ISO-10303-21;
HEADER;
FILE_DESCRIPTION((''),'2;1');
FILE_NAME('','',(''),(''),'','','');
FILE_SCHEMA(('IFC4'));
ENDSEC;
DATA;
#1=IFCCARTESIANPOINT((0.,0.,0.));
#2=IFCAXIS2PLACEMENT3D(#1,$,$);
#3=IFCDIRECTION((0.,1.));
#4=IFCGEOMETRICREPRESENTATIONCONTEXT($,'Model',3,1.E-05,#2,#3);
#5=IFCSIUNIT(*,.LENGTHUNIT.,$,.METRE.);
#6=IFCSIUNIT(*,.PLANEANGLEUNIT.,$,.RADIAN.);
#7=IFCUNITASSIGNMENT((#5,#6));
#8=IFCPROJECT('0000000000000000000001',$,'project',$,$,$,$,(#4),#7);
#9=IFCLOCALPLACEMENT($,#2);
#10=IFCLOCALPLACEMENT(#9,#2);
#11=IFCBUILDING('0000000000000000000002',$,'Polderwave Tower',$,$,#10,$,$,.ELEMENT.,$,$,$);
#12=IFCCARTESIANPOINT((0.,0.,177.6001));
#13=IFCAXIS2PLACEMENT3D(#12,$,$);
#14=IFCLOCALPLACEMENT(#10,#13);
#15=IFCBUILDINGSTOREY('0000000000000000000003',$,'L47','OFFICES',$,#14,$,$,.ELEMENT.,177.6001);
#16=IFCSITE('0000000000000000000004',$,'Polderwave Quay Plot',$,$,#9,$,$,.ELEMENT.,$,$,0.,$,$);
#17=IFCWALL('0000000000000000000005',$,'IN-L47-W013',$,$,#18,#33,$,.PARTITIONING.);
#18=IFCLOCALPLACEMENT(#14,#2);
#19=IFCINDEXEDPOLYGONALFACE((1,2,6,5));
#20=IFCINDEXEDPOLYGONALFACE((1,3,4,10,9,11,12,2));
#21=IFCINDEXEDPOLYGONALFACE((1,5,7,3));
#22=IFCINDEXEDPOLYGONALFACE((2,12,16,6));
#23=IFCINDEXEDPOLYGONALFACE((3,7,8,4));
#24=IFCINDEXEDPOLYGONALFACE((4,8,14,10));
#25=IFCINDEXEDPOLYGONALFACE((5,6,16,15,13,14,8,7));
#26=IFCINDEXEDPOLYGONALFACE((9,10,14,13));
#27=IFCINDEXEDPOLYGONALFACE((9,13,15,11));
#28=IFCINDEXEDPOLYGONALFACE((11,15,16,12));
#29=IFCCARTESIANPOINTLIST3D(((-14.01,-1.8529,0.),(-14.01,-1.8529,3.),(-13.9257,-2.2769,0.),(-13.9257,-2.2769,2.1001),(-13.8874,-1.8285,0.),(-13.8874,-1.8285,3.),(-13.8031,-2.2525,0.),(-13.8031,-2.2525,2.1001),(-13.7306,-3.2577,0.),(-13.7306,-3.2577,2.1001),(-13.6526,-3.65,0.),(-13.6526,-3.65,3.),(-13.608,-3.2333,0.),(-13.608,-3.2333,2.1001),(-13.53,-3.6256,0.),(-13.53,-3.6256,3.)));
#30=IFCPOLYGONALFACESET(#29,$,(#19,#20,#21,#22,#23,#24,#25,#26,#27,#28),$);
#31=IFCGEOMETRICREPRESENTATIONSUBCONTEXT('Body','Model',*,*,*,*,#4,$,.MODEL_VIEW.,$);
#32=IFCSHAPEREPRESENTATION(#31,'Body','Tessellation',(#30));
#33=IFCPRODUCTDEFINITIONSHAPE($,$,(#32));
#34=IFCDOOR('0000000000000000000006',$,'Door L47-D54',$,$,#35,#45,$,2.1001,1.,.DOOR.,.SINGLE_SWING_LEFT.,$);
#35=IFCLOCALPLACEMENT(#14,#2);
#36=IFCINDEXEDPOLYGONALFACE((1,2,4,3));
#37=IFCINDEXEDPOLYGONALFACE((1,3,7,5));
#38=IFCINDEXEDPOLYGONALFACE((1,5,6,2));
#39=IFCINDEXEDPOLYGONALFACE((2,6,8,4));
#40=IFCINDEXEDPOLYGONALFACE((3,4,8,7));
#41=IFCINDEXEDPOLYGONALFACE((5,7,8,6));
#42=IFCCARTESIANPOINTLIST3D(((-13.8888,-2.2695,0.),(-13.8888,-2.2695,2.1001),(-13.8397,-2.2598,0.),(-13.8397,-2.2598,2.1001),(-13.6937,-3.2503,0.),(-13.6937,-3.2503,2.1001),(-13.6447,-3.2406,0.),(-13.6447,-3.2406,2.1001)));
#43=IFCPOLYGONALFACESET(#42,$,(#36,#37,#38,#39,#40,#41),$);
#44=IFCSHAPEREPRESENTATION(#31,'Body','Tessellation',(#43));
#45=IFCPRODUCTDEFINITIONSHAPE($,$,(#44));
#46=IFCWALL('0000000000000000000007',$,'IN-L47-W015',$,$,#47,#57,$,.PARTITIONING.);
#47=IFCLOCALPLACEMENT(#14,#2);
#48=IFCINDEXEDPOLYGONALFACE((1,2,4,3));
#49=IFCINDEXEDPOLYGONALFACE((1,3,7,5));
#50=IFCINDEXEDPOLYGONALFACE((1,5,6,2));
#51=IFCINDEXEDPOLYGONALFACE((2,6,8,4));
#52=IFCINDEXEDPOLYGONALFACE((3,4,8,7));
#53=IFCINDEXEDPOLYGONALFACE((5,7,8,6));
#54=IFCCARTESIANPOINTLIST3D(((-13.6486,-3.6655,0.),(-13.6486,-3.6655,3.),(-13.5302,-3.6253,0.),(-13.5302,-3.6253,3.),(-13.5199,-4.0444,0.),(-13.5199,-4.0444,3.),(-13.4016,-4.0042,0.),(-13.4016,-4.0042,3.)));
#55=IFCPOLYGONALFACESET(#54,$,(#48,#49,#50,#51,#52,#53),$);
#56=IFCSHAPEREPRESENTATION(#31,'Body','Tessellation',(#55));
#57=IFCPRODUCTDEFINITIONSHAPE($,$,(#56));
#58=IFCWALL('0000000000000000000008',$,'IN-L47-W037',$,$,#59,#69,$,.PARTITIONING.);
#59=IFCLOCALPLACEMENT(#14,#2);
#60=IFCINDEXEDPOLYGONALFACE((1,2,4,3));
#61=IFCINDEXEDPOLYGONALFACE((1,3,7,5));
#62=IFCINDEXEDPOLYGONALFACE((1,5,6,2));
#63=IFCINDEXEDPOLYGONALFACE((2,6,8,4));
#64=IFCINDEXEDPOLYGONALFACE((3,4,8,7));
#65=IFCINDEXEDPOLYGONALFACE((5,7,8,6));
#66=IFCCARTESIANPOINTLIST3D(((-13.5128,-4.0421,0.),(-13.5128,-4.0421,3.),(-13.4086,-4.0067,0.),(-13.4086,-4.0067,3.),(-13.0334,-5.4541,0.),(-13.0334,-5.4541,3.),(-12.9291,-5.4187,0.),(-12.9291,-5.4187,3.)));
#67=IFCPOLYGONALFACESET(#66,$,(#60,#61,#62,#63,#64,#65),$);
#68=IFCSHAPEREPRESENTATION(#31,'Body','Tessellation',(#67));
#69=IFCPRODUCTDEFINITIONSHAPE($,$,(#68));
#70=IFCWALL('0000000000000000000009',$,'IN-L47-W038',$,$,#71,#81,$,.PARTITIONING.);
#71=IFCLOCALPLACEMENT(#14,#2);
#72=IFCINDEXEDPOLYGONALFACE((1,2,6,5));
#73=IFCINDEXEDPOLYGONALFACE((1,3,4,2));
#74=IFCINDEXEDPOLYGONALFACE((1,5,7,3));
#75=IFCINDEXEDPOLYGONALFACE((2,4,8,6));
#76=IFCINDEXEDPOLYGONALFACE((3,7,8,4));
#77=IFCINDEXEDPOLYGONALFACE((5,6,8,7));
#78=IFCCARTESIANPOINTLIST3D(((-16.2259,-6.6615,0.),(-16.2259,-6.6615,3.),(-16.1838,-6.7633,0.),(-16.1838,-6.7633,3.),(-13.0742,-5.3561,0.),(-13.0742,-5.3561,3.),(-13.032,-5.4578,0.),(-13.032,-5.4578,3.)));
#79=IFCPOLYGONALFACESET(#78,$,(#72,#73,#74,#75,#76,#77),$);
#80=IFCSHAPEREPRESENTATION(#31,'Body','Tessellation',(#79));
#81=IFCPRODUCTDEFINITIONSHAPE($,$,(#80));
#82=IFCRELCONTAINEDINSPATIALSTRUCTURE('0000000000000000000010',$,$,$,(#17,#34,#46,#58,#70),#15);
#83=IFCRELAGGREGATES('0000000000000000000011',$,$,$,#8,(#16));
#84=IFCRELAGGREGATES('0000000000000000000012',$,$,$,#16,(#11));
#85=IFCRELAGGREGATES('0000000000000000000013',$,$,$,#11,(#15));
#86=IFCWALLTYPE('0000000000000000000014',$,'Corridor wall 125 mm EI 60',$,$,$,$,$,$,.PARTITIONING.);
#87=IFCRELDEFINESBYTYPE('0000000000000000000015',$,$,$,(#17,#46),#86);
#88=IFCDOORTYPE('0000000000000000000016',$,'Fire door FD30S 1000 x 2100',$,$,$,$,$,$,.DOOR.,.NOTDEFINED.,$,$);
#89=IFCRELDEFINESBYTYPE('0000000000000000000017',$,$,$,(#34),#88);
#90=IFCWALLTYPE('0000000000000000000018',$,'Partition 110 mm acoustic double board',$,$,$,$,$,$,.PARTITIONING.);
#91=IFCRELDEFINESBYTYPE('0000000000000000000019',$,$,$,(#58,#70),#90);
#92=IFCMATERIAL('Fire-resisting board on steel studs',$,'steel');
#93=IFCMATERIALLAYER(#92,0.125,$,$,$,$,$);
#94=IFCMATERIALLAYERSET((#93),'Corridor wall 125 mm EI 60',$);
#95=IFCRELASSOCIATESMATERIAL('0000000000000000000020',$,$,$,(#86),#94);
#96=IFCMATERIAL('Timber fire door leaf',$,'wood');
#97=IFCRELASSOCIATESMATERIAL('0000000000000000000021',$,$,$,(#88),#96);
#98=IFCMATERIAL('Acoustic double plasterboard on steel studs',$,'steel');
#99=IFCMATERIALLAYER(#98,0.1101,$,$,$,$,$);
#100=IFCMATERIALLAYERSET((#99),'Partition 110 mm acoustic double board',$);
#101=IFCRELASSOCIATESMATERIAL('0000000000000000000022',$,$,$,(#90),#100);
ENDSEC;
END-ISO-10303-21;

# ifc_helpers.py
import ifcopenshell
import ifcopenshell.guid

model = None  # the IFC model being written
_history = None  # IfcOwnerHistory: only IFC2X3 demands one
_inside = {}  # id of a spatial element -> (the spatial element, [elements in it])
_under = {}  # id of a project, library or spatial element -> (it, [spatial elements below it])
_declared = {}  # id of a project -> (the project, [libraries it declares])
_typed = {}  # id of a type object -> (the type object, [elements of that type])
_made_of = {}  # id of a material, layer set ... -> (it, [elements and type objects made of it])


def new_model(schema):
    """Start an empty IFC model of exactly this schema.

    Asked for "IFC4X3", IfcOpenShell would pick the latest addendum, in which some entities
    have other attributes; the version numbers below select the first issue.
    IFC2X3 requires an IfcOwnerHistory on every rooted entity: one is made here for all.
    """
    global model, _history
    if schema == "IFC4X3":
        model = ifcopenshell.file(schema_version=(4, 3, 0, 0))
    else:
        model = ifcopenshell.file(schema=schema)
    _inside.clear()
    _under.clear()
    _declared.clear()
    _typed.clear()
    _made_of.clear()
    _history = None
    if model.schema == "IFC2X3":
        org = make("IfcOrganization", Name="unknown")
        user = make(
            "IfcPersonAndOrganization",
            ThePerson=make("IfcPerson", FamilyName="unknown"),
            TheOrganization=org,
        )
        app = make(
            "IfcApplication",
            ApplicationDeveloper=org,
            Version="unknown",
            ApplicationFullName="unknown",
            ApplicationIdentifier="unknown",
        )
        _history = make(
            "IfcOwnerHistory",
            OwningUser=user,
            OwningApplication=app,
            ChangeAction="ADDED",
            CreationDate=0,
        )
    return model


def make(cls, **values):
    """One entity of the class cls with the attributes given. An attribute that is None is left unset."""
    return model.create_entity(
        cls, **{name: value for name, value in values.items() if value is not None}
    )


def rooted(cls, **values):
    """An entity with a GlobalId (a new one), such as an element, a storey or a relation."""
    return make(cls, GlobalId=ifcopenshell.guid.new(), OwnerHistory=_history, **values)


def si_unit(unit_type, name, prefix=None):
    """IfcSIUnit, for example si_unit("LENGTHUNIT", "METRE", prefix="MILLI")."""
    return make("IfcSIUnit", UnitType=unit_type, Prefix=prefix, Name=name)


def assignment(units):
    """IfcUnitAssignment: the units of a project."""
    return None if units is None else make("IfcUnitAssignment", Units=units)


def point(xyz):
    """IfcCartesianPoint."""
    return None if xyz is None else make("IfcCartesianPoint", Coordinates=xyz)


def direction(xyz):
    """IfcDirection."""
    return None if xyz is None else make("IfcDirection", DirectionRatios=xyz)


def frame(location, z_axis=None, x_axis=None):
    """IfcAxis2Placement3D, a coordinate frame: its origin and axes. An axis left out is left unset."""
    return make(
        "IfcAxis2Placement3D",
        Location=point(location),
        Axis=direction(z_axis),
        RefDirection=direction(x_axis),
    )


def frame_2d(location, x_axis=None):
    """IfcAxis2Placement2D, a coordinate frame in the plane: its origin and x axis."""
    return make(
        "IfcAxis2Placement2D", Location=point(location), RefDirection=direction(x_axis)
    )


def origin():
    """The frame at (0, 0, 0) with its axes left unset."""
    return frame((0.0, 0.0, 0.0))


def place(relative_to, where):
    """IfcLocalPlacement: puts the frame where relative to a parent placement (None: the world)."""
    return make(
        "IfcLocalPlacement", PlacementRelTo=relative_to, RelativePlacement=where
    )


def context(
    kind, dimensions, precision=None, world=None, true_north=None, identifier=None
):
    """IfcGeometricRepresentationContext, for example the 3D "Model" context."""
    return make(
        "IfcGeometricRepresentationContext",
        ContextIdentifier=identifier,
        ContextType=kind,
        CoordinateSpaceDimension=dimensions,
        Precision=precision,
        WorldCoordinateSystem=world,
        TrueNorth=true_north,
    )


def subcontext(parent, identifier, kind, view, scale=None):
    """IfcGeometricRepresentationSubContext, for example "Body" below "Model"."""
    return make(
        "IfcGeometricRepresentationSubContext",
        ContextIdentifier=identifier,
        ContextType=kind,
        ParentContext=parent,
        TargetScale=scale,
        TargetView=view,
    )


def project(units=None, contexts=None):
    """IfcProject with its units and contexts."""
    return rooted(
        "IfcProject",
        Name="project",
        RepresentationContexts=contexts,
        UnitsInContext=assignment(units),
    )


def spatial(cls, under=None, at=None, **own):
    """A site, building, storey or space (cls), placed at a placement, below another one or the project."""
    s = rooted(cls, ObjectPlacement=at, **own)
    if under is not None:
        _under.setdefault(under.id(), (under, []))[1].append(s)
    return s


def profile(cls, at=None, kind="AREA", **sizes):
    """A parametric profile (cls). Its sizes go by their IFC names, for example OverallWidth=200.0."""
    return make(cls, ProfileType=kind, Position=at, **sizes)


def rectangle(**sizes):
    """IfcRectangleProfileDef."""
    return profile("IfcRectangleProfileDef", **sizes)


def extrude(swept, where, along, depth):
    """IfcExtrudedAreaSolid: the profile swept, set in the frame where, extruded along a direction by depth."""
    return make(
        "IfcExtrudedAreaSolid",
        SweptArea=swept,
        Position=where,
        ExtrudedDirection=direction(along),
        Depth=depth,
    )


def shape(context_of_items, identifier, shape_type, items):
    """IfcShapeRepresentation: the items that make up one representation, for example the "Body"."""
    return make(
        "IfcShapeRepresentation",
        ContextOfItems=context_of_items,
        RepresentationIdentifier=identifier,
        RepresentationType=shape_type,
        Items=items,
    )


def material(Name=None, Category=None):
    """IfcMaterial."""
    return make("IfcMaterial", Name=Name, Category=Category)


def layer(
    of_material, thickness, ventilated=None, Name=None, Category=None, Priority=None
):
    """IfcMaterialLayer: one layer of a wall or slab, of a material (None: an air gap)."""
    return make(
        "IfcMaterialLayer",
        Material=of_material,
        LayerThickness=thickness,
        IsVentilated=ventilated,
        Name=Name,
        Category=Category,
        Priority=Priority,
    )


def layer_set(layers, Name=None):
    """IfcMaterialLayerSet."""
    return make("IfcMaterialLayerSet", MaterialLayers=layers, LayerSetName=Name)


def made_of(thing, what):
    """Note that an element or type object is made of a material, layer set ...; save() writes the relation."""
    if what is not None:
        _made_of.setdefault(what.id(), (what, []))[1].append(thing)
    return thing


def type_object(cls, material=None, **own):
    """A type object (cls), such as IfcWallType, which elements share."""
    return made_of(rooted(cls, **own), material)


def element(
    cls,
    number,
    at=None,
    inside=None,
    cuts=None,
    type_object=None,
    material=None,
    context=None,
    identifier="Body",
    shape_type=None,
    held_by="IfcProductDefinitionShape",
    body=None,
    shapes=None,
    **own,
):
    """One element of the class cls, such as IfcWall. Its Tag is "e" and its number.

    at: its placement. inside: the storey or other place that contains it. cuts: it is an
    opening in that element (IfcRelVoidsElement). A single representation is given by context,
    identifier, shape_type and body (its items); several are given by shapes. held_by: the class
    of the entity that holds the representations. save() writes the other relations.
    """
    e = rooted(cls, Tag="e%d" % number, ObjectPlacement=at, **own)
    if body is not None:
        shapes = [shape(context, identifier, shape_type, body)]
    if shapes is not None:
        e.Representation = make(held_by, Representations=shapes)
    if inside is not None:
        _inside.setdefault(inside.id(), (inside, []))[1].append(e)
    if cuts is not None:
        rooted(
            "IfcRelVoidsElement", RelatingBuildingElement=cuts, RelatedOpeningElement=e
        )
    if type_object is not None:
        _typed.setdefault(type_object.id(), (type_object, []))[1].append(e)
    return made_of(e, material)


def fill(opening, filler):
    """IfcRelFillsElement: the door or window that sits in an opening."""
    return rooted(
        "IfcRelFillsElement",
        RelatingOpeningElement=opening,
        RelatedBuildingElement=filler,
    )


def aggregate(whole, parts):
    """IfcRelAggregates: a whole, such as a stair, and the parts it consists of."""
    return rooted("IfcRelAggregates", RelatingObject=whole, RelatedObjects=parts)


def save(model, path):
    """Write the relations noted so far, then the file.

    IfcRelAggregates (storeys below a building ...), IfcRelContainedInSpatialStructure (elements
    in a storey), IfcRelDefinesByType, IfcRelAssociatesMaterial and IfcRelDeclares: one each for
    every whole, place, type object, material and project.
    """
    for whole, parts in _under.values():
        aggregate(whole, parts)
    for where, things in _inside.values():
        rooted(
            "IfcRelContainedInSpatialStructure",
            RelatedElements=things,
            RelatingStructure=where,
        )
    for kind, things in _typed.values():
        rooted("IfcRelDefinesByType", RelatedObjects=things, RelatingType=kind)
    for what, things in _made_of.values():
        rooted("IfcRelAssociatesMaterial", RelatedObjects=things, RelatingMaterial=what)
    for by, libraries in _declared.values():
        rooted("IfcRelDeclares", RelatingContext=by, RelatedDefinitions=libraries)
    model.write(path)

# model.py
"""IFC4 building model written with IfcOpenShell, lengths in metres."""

from ifc_helpers import new_model, si_unit, direction, frame, frame_2d, origin, place, context, subcontext, project, spatial, rectangle, extrude, material, layer, layer_set, type_object, element, fill, save


model = new_model("IFC4")

# Units and contexts
model_context = context("Model", 3, precision=1e-05, world=origin(), true_north=direction((0.0, 1.0)))
body_context = subcontext(model_context, "Body", "Model", "MODEL_VIEW")
ifc_project = project(units=[si_unit("LENGTHUNIT", "METRE"), si_unit("PLANEANGLEUNIT", "RADIAN")], contexts=[model_context])

# Site, building, storey
site_placement = place(None, origin())
site = spatial("IfcSite", under=ifc_project, at=site_placement, Name="Polderwave Quay Plot", CompositionType="ELEMENT", RefElevation=0.0)
building_placement = place(site_placement, origin())
building = spatial("IfcBuilding", under=site, at=building_placement, Name="Polderwave Tower", CompositionType="ELEMENT")
storey_placement = place(building_placement, frame((0.0, 0.0, 177.6001)))
storey = spatial("IfcBuildingStorey", under=building, at=storey_placement, Name="L47", Description="OFFICES", CompositionType="ELEMENT", Elevation=177.6001)

# Shared definitions
ifc_material_1 = material(Name="Fire-resisting board on steel studs", Category="steel")
ifc_layer_1 = layer(ifc_material_1, 0.125)
ifc_layer_set_1 = layer_set([ifc_layer_1], Name="Corridor wall 125 mm EI 60")
wall_type_1 = type_object("IfcWallType", Name="Corridor wall 125 mm EI 60", PredefinedType="PARTITIONING", material=ifc_layer_set_1)

# Wall, opening, door
wall_1_placement = place(storey_placement, frame((-13.5913, -3.6377, 0.0), z_axis=(0.0, 0.0, 1.0), x_axis=(-0.195065, 0.98079, 0.0)))
wall_1 = element("IfcWall", 1, at=wall_1_placement, inside=storey, type_object=wall_type_1, Name="IN-L47-W013", PredefinedType="PARTITIONING", context=body_context, shape_type="SweptSolid", body=[
    extrude(rectangle(XDim=1.8323, YDim=0.125, at=frame_2d((0.916, 0.0))), origin(), (0.0, 0.0, 1.0), 3.0),
])
opening_placement = place(wall_1_placement, frame((0.3999, 0.0, 0.0)))
opening = element("IfcOpeningElement", 2, at=opening_placement, cuts=wall_1, PredefinedType="OPENING", context=body_context, shape_type="SweptSolid", body=[
    extrude(rectangle(XDim=1.0, YDim=2.1001, at=frame_2d((0.5, 1.05))), frame((0.0, 0.0725, 0.0), z_axis=(0.0, -1.0, 0.0), x_axis=(1.0, 0.0, 0.0)), (0.0, 0.0, 1.0), 0.145),
])
ifc_material_2 = material(Name="Timber fire door leaf", Category="wood")
door_type = type_object("IfcDoorType", Name="Fire door FD30S 1000 x 2100", OperationType="NOTDEFINED", PredefinedType="DOOR", material=ifc_material_2)
door_placement = place(opening_placement, origin())
door = element("IfcDoor", 3, at=door_placement, inside=storey, type_object=door_type, Name="Door L47-D54", OperationType="SINGLE_SWING_LEFT", OverallHeight=2.1001, OverallWidth=1.0, PredefinedType="DOOR", context=body_context, shape_type="SweptSolid", body=[
    extrude(rectangle(XDim=1.0, YDim=2.1001, at=frame_2d((0.5, 1.05))), frame((0.0, 0.0249, 0.0), z_axis=(0.0, -1.0, 0.0), x_axis=(1.0, 0.0, 0.0)), (0.0, 0.0, 1.0), 0.05),
])
fill(opening, door)

# Walls
wall_2_placement = place(storey_placement, frame((-13.4607, -4.0244, 0.0), z_axis=(0.0, 0.0, 1.0), x_axis=(-0.321531, 0.946899, 0.0)))
element("IfcWall", 4, at=wall_2_placement, inside=storey, type_object=wall_type_1, Name="IN-L47-W015", PredefinedType="PARTITIONING", context=body_context, shape_type="SweptSolid", body=[
    extrude(rectangle(XDim=0.4001, YDim=0.125, at=frame_2d((0.2002, 0.0))), origin(), (0.0, 0.0, 1.0), 3.0),
])
ifc_material_3 = material(Name="Acoustic double plasterboard on steel studs", Category="steel")
ifc_layer_2 = layer(ifc_material_3, 0.1101)
ifc_layer_set_2 = layer_set([ifc_layer_2], Name="Partition 110 mm acoustic double board")
wall_type_2 = type_object("IfcWallType", Name="Partition 110 mm acoustic double board", PredefinedType="PARTITIONING", material=ifc_layer_set_2)
wall_3_placement = place(storey_placement, frame((-13.4607, -4.0244, 0.0), z_axis=(0.0, 0.0, 1.0), x_axis=(0.321527, -0.9469, 0.0)))
element("IfcWall", 5, at=wall_3_placement, inside=storey, type_object=wall_type_2, Name="IN-L47-W037", PredefinedType="PARTITIONING", context=body_context, shape_type="SweptSolid", body=[
    extrude(rectangle(XDim=1.4912, YDim=0.1101, at=frame_2d((0.7456, 0.0))), origin(), (0.0, 0.0, 1.0), 3.0),
])
wall_4_placement = place(storey_placement, frame((-13.0532, -5.407, 0.0), z_axis=(0.0, 0.0, 1.0), x_axis=(-0.923882, -0.382678, 0.0)))
element("IfcWall", 6, at=wall_4_placement, inside=storey, type_object=wall_type_2, Name="IN-L47-W038", PredefinedType="PARTITIONING", context=body_context, shape_type="SweptSolid", body=[
    extrude(rectangle(XDim=3.4114, YDim=0.1101, at=frame_2d((1.7056, 0.0))), origin(), (0.0, 0.0, 1.0), 3.0),
])

save(model, "model.ifc")
